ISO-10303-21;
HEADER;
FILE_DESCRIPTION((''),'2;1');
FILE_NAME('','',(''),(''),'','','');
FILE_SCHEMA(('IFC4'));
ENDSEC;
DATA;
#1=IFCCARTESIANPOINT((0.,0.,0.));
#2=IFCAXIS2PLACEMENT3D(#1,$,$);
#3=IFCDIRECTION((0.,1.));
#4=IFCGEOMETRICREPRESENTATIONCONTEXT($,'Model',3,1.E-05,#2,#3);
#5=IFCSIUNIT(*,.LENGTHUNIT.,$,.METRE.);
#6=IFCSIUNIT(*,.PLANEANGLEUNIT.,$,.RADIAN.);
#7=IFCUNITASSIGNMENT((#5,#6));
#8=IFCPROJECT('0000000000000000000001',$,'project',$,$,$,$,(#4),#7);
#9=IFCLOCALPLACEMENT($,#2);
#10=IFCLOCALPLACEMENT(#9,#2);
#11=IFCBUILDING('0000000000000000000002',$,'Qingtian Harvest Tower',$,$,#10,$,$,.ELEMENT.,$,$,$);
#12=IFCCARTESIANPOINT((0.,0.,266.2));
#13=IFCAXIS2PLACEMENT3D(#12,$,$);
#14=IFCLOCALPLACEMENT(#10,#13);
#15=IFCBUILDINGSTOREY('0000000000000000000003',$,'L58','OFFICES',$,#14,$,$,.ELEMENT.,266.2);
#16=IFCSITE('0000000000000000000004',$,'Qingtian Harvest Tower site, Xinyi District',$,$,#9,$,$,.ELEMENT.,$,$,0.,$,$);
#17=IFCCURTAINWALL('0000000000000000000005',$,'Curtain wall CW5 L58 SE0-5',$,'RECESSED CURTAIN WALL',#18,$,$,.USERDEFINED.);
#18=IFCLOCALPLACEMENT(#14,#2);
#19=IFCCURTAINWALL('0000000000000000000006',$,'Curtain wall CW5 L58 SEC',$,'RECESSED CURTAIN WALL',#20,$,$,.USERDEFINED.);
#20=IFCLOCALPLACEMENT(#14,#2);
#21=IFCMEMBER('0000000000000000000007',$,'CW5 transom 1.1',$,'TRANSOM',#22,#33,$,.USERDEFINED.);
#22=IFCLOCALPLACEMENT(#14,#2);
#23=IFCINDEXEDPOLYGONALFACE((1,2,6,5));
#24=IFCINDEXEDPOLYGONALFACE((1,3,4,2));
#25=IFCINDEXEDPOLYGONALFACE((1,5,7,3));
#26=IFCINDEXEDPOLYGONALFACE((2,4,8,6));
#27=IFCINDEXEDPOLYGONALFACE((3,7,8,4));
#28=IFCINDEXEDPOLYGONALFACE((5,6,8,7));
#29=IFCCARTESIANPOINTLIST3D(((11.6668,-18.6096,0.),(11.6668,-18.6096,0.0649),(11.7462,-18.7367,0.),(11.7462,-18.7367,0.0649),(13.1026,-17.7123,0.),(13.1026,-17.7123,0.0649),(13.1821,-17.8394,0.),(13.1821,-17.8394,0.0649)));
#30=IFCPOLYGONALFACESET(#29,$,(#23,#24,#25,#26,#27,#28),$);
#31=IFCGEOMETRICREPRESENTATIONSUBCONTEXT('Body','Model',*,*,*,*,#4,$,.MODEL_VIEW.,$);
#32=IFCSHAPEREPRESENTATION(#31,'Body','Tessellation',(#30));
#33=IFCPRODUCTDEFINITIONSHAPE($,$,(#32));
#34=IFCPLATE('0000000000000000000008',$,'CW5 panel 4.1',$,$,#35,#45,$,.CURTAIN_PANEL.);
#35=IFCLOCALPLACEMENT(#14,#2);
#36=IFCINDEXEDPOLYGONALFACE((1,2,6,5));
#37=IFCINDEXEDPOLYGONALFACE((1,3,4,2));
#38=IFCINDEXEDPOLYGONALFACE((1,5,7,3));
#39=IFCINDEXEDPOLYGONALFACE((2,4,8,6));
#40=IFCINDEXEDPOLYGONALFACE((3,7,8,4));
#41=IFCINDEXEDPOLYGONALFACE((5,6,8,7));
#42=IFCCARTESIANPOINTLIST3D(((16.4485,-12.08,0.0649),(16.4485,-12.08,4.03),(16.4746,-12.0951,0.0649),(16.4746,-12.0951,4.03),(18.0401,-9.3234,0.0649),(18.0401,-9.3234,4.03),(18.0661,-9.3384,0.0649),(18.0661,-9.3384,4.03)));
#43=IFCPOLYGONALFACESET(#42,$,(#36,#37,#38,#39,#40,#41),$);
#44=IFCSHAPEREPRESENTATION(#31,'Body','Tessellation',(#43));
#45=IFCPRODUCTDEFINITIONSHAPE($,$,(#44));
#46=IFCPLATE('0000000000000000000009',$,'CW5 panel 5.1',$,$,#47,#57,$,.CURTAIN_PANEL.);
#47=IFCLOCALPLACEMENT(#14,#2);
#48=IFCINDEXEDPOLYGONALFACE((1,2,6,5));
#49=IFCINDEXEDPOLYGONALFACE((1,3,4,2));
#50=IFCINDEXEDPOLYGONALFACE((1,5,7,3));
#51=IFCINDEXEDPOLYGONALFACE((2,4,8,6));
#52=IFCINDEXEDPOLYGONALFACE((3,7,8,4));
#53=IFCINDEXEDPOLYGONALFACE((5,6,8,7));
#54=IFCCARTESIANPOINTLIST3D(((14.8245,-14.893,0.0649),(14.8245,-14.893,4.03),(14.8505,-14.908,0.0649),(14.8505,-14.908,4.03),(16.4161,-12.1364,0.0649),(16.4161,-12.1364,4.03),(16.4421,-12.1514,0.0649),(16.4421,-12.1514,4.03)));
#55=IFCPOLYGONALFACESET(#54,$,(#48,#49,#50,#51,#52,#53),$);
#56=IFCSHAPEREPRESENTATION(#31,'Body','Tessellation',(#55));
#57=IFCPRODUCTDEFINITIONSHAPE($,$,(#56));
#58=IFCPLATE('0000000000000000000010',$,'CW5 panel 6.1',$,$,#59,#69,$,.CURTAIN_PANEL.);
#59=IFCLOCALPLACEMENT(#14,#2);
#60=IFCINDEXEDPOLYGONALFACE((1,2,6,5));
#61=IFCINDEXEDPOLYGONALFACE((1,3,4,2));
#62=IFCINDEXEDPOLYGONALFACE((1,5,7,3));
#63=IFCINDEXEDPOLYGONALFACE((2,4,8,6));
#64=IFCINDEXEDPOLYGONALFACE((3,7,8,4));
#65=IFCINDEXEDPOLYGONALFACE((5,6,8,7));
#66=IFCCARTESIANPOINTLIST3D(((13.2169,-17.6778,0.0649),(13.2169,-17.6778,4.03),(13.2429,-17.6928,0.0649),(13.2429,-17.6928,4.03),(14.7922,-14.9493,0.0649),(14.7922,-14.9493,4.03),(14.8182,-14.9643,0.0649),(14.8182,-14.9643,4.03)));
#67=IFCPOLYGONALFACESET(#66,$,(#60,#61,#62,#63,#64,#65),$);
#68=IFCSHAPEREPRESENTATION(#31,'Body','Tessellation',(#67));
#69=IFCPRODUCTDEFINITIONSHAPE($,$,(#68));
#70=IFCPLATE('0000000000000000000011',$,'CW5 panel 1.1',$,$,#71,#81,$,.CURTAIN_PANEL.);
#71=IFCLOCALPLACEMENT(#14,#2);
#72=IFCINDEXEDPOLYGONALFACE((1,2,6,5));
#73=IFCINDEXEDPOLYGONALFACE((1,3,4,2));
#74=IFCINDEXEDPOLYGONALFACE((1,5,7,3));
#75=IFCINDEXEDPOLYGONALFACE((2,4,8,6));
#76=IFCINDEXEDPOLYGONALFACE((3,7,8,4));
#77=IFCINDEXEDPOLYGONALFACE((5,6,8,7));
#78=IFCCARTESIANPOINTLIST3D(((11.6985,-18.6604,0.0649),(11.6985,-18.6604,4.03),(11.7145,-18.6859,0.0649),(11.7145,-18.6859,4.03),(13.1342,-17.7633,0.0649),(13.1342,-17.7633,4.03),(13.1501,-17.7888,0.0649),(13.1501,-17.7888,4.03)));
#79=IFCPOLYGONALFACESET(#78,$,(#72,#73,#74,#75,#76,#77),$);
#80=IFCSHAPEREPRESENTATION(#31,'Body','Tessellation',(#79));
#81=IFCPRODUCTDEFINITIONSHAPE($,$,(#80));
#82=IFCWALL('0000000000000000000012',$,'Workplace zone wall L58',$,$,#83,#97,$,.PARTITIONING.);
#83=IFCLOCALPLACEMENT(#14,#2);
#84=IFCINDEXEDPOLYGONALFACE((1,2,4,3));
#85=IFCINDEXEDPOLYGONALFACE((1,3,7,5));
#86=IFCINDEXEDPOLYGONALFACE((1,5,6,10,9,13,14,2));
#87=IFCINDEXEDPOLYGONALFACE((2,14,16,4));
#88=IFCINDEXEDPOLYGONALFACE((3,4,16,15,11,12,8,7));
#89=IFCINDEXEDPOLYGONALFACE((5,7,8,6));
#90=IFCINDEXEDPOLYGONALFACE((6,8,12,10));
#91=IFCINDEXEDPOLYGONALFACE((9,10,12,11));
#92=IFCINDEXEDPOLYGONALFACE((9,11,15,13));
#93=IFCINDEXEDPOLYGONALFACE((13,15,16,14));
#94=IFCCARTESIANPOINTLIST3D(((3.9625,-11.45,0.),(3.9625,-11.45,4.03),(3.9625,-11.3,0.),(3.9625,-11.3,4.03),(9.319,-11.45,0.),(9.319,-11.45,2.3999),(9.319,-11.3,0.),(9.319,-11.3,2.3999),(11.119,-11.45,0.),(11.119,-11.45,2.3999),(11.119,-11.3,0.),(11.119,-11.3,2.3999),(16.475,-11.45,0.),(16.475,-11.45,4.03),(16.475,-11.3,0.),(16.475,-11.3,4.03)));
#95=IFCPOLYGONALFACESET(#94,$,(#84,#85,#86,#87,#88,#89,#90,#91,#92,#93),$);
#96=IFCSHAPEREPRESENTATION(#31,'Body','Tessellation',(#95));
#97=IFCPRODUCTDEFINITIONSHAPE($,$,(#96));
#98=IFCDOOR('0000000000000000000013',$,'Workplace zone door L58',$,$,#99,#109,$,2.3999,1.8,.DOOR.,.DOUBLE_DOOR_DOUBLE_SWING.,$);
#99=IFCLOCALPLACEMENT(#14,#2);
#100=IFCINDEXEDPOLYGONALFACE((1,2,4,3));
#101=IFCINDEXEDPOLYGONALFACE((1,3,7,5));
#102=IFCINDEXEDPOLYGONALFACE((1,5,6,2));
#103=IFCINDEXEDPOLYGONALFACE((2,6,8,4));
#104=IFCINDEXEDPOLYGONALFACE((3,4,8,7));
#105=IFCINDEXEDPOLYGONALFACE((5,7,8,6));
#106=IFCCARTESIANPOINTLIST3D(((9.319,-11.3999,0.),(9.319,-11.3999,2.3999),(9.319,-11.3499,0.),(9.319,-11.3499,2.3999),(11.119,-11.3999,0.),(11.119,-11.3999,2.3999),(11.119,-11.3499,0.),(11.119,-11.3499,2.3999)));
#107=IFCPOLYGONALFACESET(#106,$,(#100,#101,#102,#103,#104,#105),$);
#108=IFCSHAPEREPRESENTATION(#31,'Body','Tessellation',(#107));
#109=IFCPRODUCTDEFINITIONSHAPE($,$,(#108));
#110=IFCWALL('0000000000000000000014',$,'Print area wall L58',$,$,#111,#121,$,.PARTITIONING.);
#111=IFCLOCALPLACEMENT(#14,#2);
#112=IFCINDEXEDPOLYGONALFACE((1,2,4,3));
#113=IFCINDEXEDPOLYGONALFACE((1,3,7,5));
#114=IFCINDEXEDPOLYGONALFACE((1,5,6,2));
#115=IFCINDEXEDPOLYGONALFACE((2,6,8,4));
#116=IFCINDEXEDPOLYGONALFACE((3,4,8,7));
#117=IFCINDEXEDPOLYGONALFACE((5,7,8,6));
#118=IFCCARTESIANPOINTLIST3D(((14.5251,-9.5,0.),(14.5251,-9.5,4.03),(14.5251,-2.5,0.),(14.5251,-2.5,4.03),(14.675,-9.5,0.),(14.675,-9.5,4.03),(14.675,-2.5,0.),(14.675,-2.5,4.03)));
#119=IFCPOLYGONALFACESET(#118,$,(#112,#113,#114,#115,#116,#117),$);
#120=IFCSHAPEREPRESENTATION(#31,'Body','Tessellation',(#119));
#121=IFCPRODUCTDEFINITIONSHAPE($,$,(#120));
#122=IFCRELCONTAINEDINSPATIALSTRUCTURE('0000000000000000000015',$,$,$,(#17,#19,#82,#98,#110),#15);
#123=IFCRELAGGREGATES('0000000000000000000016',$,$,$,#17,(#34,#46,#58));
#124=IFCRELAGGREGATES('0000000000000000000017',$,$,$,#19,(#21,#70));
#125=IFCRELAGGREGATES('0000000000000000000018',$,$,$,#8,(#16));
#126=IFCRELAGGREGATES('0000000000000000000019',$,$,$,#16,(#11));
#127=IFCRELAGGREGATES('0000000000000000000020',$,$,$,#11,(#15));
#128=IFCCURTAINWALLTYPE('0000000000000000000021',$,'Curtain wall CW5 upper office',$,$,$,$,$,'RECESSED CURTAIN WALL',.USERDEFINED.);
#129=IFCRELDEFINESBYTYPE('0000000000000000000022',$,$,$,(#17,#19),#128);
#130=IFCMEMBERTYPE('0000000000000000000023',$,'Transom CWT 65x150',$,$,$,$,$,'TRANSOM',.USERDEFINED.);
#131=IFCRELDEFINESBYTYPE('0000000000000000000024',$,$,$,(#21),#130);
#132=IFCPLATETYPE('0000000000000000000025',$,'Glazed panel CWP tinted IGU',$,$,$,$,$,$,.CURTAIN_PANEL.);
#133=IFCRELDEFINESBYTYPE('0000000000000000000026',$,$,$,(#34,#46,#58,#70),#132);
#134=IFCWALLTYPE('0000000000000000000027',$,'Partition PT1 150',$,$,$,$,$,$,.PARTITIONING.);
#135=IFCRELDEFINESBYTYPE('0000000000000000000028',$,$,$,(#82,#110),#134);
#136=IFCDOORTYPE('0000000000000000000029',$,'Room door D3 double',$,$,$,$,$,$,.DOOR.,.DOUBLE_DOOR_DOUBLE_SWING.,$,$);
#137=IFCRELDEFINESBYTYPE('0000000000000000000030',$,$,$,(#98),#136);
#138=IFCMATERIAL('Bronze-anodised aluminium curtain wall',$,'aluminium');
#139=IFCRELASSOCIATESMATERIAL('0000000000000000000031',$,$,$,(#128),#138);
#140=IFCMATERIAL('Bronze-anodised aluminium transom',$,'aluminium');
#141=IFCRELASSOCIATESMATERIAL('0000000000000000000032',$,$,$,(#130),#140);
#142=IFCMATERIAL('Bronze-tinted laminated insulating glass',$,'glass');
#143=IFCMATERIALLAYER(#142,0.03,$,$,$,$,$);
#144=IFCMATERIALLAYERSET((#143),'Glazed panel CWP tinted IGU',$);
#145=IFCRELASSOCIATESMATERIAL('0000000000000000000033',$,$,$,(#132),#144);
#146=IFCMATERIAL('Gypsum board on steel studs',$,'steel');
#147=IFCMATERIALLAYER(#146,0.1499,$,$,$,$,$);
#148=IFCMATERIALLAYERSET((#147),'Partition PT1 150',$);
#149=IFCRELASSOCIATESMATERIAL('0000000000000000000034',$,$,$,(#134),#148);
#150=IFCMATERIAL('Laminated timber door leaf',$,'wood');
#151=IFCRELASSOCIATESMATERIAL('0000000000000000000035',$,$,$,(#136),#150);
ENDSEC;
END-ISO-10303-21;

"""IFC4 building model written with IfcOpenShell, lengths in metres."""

from ifc_helpers import new_model, si_unit, direction, frame, frame_2d, origin, origin_2d, place, context, subcontext, project, spatial, rectangle, extrude, material, layer, layer_set, material_profile, profile_set, type_object, element, fill, aggregate, save


model = new_model("IFC4")

# Units and contexts
model_context = context("Model", 3, precision=1e-05, world=origin(), true_north=direction((0.0, 1.0)))
body_context = subcontext(model_context, "Body", "Model", "MODEL_VIEW")
ifc_project = project(units=[si_unit("LENGTHUNIT", "METRE"), si_unit("PLANEANGLEUNIT", "RADIAN")], contexts=[model_context])

# Site, building, storey
site_placement = place(None, origin())
site = spatial("IfcSite", under=ifc_project, at=site_placement, Name="Qingtian Harvest Tower site, Xinyi District", CompositionType="ELEMENT", RefElevation=0.0)
building_placement = place(site_placement, origin())
building = spatial("IfcBuilding", under=site, at=building_placement, Name="Qingtian Harvest Tower", CompositionType="ELEMENT")
storey_placement = place(building_placement, frame((0.0, 0.0, 266.2)))
storey = spatial("IfcBuildingStorey", under=building, at=storey_placement, Name="L58", Description="OFFICES", CompositionType="ELEMENT", Elevation=266.2)

# Curtain walls
ifc_material_1 = material(Name="Bronze-anodised aluminium curtain wall", Category="aluminium")
curtain_wall_type = type_object("IfcCurtainWallType", Name="Curtain wall CW5 upper office", ElementType="RECESSED CURTAIN WALL", PredefinedType="USERDEFINED", material=ifc_material_1)
curtain_wall_1_placement = place(storey_placement, origin())
curtain_wall_1 = element("IfcCurtainWall", 1, at=curtain_wall_1_placement, inside=storey, type_object=curtain_wall_type, Name="Curtain wall CW5 L58 SE0-5", ObjectType="RECESSED CURTAIN WALL", PredefinedType="USERDEFINED")
curtain_wall_2_placement = place(storey_placement, origin())
curtain_wall_2 = element("IfcCurtainWall", 2, at=curtain_wall_2_placement, inside=storey, type_object=curtain_wall_type, Name="Curtain wall CW5 L58 SEC", ObjectType="RECESSED CURTAIN WALL", PredefinedType="USERDEFINED")

# Member
ifc_material_2 = material(Name="Bronze-anodised aluminium transom", Category="aluminium")
ifc_material_profile_1 = material_profile(ifc_material_2, rectangle(XDim=0.1499, YDim=0.0649, at=origin_2d()), Name="AL 65x150")
ifc_profile_set_1 = profile_set([ifc_material_profile_1], Name="Bronze-anodised aluminium transom")
member_type_1 = type_object("IfcMemberType", Name="Transom CWT 65x150", ElementType="TRANSOM", PredefinedType="USERDEFINED", material=ifc_profile_set_1)
member_1_placement = place(storey_placement, frame((13.1423, -17.7759, 0.0325), z_axis=(-0.848039, -0.529934, 0.0), x_axis=(0.529934, -0.848039, 0.0)))
member_1 = element("IfcMember", 3, at=member_1_placement, type_object=member_type_1, Name="CW5 transom 1.1", ObjectType="TRANSOM", PredefinedType="USERDEFINED", context=body_context, shape_type="SweptSolid", body=[
    extrude(rectangle(XDim=0.1499, YDim=0.0649, at=origin_2d()), origin(), (0.0, 0.0, 1.0), 1.6931),
])

# Plates
ifc_material_3 = material(Name="Bronze-tinted laminated insulating glass", Category="glass")
ifc_layer_1 = layer(ifc_material_3, 0.03)
ifc_layer_set_1 = layer_set([ifc_layer_1], Name="Glazed panel CWP tinted IGU")
plate_type = type_object("IfcPlateType", Name="Glazed panel CWP tinted IGU", PredefinedType="CURTAIN_PANEL", material=ifc_layer_set_1)
plate_1_placement = place(storey_placement, frame((17.2573, -10.7092, 0.0649), z_axis=(0.0, 0.0, 1.0), x_axis=(-0.5, -0.866025, 0.0)))
plate_1 = element("IfcPlate", 4, at=plate_1_placement, type_object=plate_type, Name="CW5 panel 4.1", PredefinedType="CURTAIN_PANEL", context=body_context, shape_type="SweptSolid", body=[
    extrude(rectangle(XDim=3.1831, YDim=0.03, at=origin_2d()), origin(), (0.0, 0.0, 1.0), 3.9651),
])
plate_2_placement = place(storey_placement, frame((15.6333, -13.5222, 0.0649), z_axis=(0.0, 0.0, 1.0), x_axis=(-0.5, -0.866025, 0.0)))
plate_2 = element("IfcPlate", 5, at=plate_2_placement, type_object=plate_type, Name="CW5 panel 5.1", PredefinedType="CURTAIN_PANEL", context=body_context, shape_type="SweptSolid", body=[
    extrude(rectangle(XDim=3.1831, YDim=0.03, at=origin_2d()), origin(), (0.0, 0.0, 1.0), 3.9651),
])
plate_3_placement = place(storey_placement, frame((14.0176, -16.321, 0.0649), z_axis=(0.0, 0.0, 1.0), x_axis=(-0.5, -0.866025, 0.0)))
plate_3 = element("IfcPlate", 6, at=plate_3_placement, type_object=plate_type, Name="CW5 panel 6.1", PredefinedType="CURTAIN_PANEL", context=body_context, shape_type="SweptSolid", body=[
    extrude(rectangle(XDim=3.1506, YDim=0.03, at=origin_2d()), origin(), (0.0, 0.0, 1.0), 3.9651),
])
aggregate(curtain_wall_1, [plate_1, plate_2, plate_3])
plate_4_placement = place(storey_placement, frame((12.4243, -18.2246, 0.0649), z_axis=(0.0, 0.0, 1.0), x_axis=(-0.848048, -0.529919, 0.0)))
plate_4 = element("IfcPlate", 7, at=plate_4_placement, type_object=plate_type, Name="CW5 panel 1.1", PredefinedType="CURTAIN_PANEL", context=body_context, shape_type="SweptSolid", body=[
    extrude(rectangle(XDim=1.6929, YDim=0.03, at=origin_2d()), origin(), (0.0, 0.0, 1.0), 3.9651),
])
aggregate(curtain_wall_2, [member_1, plate_4])

# Wall, opening, door
ifc_material_4 = material(Name="Gypsum board on steel studs", Category="steel")
ifc_layer_2 = layer(ifc_material_4, 0.1499)
ifc_layer_set_2 = layer_set([ifc_layer_2], Name="Partition PT1 150")
wall_type = type_object("IfcWallType", Name="Partition PT1 150", PredefinedType="PARTITIONING", material=ifc_layer_set_2)
wall_1_placement = place(storey_placement, frame((16.4751, -11.375, 0.0), z_axis=(0.0, 0.0, 1.0), x_axis=(-1.0, 0.0, 0.0)))
wall_1 = element("IfcWall", 8, at=wall_1_placement, inside=storey, type_object=wall_type, Name="Workplace zone wall L58", PredefinedType="PARTITIONING", context=body_context, shape_type="SweptSolid", body=[
    extrude(rectangle(XDim=12.5125, YDim=0.1499, at=frame_2d((6.2563, 0.0))), origin(), (0.0, 0.0, 1.0), 4.03),
])
opening_placement = place(wall_1_placement, frame((5.3562, 0.0, 0.0)))
opening = element("IfcOpeningElement", 9, at=opening_placement, cuts=wall_1, PredefinedType="OPENING", context=body_context, shape_type="SweptSolid", body=[
    extrude(rectangle(XDim=1.8, YDim=2.3999, at=frame_2d((0.8999, 1.2))), frame((0.0, 0.085, 0.0), z_axis=(0.0, -1.0, 0.0), x_axis=(1.0, 0.0, 0.0)), (0.0, 0.0, 1.0), 0.1699),
])
ifc_material_5 = material(Name="Laminated timber door leaf", Category="wood")
door_type = type_object("IfcDoorType", Name="Room door D3 double", OperationType="DOUBLE_DOOR_DOUBLE_SWING", PredefinedType="DOOR", material=ifc_material_5)
door_placement = place(opening_placement, origin())
door = element("IfcDoor", 10, at=door_placement, inside=storey, type_object=door_type, Name="Workplace zone door L58", OperationType="DOUBLE_DOOR_DOUBLE_SWING", OverallHeight=2.3999, OverallWidth=1.8, PredefinedType="DOOR", context=body_context, shape_type="SweptSolid", body=[
    extrude(rectangle(XDim=1.8, YDim=2.3999, at=frame_2d((0.8999, 1.2))), frame((0.0, 0.0249, 0.0), z_axis=(0.0, -1.0, 0.0), x_axis=(1.0, 0.0, 0.0)), (0.0, 0.0, 1.0), 0.05),
])
fill(opening, door)

# Wall
wall_2_placement = place(storey_placement, frame((14.6001, -9.5, 0.0), z_axis=(0.0, 0.0, 1.0), x_axis=(0.0, 1.0, 0.0)))
element("IfcWall", 11, at=wall_2_placement, inside=storey, type_object=wall_type, Name="Print area wall L58", PredefinedType="PARTITIONING", context=body_context, shape_type="SweptSolid", body=[
    extrude(rectangle(XDim=7.0, YDim=0.1499, at=frame_2d((3.5, 0.0))), origin(), (0.0, 0.0, 1.0), 4.03),
])

save(model, "model.ifc")
